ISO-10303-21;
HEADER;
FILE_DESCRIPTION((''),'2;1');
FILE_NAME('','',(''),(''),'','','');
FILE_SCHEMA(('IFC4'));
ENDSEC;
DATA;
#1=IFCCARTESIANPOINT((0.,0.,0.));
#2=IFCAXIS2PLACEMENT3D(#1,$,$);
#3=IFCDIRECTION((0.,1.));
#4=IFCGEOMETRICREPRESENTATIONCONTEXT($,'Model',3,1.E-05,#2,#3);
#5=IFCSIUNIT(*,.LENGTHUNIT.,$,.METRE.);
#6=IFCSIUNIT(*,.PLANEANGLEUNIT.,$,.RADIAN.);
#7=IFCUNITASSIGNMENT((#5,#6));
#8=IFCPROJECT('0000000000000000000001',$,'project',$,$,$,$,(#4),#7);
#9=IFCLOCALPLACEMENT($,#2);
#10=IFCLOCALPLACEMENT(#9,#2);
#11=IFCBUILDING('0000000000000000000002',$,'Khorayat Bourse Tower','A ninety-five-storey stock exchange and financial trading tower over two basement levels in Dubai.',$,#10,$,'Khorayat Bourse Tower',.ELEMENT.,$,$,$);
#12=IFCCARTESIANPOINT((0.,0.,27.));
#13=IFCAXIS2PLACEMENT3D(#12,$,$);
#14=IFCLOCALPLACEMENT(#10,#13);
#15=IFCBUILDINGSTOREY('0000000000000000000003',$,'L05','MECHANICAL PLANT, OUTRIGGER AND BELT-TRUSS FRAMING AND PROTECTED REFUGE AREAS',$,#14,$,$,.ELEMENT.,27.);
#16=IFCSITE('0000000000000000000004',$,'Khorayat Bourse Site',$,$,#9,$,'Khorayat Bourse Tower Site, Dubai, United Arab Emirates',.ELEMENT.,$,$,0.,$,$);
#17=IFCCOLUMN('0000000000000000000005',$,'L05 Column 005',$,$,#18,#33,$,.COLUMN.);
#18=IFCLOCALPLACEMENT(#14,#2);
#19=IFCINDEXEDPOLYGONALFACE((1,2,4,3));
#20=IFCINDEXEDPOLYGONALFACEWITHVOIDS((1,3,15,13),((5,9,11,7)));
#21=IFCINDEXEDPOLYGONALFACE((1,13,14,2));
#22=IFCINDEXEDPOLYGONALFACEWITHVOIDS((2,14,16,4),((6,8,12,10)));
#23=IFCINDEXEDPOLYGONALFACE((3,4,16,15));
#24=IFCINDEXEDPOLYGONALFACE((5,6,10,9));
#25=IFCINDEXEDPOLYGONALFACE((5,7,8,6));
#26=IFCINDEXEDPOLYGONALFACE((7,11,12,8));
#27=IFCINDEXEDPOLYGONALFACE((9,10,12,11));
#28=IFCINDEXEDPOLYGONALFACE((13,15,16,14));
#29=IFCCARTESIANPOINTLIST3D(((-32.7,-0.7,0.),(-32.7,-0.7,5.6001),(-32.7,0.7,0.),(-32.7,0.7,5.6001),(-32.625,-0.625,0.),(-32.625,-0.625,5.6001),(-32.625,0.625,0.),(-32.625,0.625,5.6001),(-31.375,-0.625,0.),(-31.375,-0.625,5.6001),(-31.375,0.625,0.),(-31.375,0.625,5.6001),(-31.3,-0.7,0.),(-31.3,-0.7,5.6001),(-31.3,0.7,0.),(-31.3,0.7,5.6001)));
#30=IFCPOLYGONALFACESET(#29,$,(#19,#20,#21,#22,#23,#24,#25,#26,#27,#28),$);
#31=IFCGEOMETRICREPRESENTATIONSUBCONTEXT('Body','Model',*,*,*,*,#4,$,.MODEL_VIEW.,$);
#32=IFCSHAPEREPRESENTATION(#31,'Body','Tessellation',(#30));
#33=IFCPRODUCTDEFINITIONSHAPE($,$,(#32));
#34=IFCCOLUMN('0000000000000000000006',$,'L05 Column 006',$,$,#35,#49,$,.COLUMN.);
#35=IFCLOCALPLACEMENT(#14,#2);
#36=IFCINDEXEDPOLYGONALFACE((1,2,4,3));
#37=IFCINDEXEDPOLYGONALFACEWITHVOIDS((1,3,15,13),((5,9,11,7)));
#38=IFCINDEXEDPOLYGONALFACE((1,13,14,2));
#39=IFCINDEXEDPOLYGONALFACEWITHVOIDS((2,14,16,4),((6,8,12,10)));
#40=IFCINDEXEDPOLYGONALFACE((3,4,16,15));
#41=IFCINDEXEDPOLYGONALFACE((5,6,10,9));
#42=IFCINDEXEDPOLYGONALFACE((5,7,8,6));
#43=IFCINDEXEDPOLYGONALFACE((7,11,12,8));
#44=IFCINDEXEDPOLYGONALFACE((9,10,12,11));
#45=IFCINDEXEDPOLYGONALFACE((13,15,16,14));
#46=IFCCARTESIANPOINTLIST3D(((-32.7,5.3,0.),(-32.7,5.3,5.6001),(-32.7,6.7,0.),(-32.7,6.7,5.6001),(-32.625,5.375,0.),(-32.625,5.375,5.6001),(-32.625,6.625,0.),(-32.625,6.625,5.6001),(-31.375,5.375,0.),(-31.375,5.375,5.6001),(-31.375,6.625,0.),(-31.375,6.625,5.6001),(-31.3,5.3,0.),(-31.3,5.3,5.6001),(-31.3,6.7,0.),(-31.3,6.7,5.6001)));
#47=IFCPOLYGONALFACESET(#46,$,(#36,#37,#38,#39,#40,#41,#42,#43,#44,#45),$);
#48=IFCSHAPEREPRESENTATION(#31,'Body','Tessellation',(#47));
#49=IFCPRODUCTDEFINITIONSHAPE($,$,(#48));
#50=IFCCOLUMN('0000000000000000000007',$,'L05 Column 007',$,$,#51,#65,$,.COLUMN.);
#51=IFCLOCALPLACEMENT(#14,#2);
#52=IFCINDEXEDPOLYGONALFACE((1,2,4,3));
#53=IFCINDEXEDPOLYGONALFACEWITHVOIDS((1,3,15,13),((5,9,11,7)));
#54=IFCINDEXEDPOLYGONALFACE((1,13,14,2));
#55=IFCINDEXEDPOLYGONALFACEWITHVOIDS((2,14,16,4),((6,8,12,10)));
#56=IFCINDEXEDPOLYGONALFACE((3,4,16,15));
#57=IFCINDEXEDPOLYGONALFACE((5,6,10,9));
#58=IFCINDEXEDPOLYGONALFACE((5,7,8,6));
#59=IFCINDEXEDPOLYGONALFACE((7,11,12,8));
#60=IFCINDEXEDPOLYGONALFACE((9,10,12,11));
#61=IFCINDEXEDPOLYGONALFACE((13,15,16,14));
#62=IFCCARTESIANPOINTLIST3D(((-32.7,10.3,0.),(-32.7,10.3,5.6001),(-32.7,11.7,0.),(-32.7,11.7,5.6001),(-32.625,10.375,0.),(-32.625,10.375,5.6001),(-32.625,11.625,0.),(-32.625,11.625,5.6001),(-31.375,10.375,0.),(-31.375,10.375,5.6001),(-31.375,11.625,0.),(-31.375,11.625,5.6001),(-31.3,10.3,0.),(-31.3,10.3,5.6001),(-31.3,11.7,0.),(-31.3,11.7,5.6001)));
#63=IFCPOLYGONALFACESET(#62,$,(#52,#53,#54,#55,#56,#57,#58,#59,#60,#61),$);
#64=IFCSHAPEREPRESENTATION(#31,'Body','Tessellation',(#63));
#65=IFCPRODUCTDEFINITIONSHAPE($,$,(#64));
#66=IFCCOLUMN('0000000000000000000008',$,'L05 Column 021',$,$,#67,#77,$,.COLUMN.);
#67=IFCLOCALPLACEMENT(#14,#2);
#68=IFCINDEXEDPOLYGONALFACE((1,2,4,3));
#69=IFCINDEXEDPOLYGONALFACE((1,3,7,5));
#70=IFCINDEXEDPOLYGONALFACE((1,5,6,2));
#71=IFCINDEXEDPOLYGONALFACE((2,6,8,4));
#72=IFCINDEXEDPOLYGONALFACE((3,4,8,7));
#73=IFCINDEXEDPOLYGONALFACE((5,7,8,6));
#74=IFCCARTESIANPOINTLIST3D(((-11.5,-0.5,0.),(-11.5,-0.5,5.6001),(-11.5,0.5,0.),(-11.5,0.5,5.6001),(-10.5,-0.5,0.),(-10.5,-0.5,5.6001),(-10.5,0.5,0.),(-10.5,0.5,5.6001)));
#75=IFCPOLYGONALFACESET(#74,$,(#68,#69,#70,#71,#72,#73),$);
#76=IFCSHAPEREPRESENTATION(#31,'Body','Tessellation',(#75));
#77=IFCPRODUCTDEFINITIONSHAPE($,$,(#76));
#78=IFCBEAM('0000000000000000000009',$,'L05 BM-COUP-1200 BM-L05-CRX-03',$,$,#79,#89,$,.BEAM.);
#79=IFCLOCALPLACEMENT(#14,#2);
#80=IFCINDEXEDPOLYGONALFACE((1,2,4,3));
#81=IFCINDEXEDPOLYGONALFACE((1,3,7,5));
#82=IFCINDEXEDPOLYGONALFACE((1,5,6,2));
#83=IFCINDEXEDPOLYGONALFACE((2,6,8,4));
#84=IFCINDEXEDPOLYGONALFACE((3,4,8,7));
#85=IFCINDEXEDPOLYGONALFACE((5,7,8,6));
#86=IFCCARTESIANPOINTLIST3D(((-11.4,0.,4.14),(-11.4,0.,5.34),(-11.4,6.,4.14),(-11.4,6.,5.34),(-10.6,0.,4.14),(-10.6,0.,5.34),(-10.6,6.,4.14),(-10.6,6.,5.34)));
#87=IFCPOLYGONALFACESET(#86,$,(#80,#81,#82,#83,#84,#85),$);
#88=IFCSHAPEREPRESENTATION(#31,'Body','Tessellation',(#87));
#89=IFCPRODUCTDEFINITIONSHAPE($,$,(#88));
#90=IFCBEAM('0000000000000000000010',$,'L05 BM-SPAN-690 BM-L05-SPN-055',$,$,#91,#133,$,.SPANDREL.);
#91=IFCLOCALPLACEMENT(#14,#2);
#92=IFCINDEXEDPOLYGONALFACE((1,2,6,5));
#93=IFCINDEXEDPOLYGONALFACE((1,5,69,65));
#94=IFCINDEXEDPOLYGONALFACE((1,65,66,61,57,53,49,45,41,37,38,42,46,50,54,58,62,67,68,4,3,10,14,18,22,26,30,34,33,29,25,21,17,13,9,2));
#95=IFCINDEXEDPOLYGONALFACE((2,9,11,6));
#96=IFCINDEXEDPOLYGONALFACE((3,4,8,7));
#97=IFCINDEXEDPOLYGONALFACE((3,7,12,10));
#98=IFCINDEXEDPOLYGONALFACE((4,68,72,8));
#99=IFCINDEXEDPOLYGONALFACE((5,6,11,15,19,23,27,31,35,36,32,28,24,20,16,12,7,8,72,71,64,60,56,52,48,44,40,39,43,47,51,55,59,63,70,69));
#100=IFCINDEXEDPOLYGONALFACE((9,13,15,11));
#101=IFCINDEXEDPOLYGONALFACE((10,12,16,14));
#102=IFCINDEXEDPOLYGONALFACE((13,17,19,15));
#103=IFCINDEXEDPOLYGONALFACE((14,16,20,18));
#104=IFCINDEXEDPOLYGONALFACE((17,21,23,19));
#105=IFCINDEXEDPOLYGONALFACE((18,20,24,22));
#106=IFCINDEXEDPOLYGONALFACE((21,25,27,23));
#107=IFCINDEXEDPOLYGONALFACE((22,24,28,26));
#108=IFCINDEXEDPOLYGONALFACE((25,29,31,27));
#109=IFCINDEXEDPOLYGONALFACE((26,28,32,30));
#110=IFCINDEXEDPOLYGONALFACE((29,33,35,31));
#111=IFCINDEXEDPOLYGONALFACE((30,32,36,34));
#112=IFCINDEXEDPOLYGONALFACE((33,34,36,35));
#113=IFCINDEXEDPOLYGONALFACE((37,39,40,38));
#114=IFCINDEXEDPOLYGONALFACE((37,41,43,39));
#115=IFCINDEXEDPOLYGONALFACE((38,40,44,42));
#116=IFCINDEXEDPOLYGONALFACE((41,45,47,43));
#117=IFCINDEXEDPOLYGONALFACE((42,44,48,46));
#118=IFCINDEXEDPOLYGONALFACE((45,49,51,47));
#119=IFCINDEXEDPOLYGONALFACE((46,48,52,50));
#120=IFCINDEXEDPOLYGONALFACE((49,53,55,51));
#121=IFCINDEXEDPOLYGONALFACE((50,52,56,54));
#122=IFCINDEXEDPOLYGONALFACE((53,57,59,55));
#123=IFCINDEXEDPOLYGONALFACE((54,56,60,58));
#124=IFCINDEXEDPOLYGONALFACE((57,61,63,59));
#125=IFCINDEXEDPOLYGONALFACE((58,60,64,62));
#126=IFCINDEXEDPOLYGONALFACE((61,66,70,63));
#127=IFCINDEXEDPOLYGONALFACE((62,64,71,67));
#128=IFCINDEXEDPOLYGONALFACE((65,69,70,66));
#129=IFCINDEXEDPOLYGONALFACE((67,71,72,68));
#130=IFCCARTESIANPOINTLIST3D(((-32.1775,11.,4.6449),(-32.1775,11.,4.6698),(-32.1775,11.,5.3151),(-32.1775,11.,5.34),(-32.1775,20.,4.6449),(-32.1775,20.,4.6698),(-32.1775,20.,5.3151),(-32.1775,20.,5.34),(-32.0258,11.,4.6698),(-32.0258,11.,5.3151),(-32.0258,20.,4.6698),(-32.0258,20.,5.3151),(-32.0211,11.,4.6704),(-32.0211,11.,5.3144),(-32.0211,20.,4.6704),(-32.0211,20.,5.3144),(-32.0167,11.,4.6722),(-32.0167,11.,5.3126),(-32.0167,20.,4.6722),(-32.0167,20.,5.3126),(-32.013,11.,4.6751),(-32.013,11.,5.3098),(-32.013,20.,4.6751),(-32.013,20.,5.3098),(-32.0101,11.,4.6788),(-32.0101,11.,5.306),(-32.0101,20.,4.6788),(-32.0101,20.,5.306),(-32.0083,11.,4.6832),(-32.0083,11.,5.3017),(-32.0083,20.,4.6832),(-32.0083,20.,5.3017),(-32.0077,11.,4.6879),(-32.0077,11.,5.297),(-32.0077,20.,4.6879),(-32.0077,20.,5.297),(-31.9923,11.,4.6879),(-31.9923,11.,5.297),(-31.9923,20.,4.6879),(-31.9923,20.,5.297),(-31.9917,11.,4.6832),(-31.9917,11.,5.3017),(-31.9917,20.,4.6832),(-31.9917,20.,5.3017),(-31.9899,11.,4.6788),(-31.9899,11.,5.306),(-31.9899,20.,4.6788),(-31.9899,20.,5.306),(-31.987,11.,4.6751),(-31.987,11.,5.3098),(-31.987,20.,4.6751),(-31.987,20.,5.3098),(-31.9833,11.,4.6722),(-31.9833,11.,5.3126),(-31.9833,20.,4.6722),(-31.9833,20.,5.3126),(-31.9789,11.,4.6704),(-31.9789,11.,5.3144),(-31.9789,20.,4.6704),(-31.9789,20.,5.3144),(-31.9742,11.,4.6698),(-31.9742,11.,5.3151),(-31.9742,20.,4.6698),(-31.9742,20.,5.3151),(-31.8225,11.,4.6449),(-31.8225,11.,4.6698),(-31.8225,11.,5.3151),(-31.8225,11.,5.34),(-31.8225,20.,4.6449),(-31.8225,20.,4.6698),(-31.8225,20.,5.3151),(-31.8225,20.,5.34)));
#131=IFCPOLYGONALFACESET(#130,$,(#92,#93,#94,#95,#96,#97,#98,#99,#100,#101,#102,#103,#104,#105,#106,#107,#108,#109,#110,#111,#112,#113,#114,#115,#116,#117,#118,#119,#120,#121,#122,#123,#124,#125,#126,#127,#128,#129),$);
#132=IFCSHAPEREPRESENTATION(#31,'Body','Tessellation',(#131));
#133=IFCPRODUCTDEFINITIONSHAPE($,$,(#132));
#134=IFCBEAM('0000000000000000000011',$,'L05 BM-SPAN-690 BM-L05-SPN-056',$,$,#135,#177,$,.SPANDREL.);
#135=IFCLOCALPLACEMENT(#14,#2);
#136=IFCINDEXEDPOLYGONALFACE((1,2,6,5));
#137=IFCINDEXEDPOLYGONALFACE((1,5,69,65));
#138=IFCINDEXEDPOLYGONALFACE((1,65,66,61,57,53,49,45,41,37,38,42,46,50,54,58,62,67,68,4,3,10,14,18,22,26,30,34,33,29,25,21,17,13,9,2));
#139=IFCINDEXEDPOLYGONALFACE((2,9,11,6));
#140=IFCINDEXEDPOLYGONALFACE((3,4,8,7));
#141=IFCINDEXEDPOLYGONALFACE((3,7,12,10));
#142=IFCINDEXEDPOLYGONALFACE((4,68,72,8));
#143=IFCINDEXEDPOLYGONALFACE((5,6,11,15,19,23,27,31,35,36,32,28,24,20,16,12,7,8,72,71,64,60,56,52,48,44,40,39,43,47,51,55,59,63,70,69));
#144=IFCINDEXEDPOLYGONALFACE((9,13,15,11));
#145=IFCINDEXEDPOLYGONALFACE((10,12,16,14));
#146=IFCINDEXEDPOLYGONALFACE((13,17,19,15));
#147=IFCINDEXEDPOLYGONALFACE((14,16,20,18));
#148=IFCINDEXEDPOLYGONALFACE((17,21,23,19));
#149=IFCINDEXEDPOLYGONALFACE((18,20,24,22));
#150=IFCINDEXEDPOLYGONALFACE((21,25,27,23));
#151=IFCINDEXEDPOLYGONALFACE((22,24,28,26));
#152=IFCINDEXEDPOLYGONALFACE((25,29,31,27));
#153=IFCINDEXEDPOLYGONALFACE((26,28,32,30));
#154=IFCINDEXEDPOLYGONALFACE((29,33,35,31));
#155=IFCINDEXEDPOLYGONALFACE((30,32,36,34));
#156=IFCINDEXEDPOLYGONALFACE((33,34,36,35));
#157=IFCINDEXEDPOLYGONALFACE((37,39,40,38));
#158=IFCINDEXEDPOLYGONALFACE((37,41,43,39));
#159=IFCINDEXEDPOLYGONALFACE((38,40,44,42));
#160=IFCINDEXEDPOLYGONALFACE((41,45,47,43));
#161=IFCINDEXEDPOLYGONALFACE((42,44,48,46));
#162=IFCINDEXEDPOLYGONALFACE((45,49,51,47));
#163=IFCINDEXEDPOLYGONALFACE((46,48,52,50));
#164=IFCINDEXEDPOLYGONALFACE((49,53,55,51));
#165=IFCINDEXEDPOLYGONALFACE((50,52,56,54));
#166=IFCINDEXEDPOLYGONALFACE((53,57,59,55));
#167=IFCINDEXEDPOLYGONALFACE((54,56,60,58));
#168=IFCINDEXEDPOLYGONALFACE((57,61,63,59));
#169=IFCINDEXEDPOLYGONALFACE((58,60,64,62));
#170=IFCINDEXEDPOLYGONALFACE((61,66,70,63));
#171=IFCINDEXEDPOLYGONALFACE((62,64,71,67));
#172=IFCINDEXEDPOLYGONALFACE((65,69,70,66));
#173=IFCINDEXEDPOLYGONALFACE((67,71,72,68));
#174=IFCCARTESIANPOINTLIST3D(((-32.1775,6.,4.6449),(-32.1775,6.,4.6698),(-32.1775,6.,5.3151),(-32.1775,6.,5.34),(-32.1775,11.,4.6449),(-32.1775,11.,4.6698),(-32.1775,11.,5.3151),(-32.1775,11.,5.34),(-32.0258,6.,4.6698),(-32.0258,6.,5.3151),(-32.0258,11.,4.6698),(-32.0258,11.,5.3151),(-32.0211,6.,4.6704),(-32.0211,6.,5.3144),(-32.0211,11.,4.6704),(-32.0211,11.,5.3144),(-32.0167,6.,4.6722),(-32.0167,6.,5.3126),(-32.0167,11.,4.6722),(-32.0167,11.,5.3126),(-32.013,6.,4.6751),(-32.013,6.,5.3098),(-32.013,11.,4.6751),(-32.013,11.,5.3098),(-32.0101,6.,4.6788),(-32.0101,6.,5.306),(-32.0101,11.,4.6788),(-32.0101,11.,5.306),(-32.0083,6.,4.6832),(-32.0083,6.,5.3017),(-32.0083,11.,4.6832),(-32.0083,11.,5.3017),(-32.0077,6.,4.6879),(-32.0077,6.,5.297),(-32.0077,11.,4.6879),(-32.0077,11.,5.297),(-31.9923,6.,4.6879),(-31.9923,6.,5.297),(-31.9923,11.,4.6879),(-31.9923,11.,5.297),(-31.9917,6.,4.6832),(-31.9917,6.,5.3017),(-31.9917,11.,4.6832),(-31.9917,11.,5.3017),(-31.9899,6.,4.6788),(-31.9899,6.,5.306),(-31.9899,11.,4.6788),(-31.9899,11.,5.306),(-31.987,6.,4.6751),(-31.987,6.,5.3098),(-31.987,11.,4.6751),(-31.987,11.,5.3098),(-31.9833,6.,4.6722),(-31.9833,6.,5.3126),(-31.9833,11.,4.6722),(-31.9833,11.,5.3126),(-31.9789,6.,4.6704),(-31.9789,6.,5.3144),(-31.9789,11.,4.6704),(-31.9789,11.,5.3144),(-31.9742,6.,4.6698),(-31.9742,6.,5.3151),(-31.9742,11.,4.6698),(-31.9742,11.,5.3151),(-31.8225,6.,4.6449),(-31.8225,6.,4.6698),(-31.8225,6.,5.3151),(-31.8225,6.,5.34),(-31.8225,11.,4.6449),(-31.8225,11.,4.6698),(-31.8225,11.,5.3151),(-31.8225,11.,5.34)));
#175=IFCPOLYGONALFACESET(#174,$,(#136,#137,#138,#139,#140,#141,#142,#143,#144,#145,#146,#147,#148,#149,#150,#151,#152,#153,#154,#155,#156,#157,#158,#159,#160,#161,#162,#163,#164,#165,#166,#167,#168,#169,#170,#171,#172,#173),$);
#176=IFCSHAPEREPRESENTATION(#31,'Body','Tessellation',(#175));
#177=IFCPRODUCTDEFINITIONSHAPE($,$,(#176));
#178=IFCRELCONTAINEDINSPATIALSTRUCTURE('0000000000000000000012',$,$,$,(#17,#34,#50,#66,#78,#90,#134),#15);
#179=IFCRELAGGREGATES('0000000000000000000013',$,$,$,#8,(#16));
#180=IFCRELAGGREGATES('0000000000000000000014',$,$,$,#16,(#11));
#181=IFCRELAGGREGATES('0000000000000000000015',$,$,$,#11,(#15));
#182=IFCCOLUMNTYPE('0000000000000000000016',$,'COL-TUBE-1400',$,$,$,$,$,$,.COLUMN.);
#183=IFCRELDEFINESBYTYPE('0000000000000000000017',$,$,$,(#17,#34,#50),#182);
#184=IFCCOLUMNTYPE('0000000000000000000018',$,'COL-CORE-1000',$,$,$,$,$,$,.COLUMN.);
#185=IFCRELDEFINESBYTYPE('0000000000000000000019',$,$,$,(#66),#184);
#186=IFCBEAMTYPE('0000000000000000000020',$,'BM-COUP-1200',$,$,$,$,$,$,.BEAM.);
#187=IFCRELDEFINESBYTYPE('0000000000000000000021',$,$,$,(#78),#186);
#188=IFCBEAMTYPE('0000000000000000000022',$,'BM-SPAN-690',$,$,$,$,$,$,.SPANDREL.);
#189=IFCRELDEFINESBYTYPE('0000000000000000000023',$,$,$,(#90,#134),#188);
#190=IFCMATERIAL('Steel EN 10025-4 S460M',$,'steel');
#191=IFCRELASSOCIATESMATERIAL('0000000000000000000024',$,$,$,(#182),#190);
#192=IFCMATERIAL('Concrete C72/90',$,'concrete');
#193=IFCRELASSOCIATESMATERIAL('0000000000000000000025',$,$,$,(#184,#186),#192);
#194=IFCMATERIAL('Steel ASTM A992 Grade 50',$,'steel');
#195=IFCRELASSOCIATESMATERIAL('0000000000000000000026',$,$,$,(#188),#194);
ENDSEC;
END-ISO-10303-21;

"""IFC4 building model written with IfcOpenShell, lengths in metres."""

from ifc_helpers import new_model, si_unit, direction, frame, origin, origin_2d, place, context, subcontext, project, spatial, rectangle, hollow_rectangle, i_section, extrude, source, transform, mapped, material, material_profile, profile_set, type_object, element, save


model = new_model("IFC4")

# Units and contexts
model_context = context("Model", 3, precision=1e-05, world=origin(), true_north=direction((0.0, 1.0)))
body_context = subcontext(model_context, "Body", "Model", "MODEL_VIEW")
ifc_project = project(units=[si_unit("LENGTHUNIT", "METRE"), si_unit("PLANEANGLEUNIT", "RADIAN")], contexts=[model_context])

# Site, building, storey
site_placement = place(None, origin())
site = spatial("IfcSite", under=ifc_project, at=site_placement, Name="Khorayat Bourse Site", LongName="Khorayat Bourse Tower Site, Dubai, United Arab Emirates", CompositionType="ELEMENT", RefElevation=0.0)
building_placement = place(site_placement, origin())
building = spatial("IfcBuilding", under=site, at=building_placement, Name="Khorayat Bourse Tower", Description="A ninety-five-storey stock exchange and financial trading tower over two basement levels in Dubai.", LongName="Khorayat Bourse Tower", CompositionType="ELEMENT")
storey_placement = place(building_placement, frame((0.0, 0.0, 27.0)))
storey = spatial("IfcBuildingStorey", under=building, at=storey_placement, Name="L05", Description="MECHANICAL PLANT, OUTRIGGER AND BELT-TRUSS FRAMING AND PROTECTED REFUGE AREAS", CompositionType="ELEMENT", Elevation=27.0)

# Columns
ifc_material_1 = material(Name="Steel EN 10025-4 S460M", Category="steel")
ifc_material_profile_1 = material_profile(ifc_material_1, hollow_rectangle(XDim=1.3999, YDim=1.3999, WallThickness=0.075, at=origin_2d()), Name="BOX 1400x1400x75")
ifc_profile_set_1 = profile_set([ifc_material_profile_1], Name="Steel EN 10025-4 S460M")
column_type_1 = type_object("IfcColumnType", Name="COL-TUBE-1400", PredefinedType="COLUMN", material=ifc_profile_set_1)
shared_shape_1 = source(origin(), body_context, "Body", "SweptSolid", [
    extrude(hollow_rectangle(XDim=1.3999, YDim=1.3999, WallThickness=0.075, at=origin_2d()), origin(), (0.0, 0.0, 1.0), 5.6001),
])
for number, where, z_axis, x_axis, name in (
    (1, (-32.0, 0.0, 0.0), (0.0, 0.0, 1.0), (1.0, 0.0, 0.0), "L05 Column 005"),
    (2, (-32.0, 6.0, 0.0), (0.0, 0.0, 1.0), (1.0, 0.0, 0.0), "L05 Column 006"),
    (3, (-32.0, 11.0, 0.0), (0.0, 0.0, 1.0), (1.0, 0.0, 0.0), "L05 Column 007"),
):
    element("IfcColumn", number, at=place(storey_placement, frame(where, z_axis=z_axis, x_axis=x_axis)), inside=storey, type_object=column_type_1, Name=name, PredefinedType="COLUMN", context=body_context, shape_type="MappedRepresentation", body=[
        mapped(shared_shape_1, transform((0.0, 0.0, 0.0), scale=1.0)),
    ])
ifc_material_2 = material(Name="Concrete C72/90", Category="concrete")
ifc_material_profile_2 = material_profile(ifc_material_2, rectangle(XDim=1.0, YDim=1.0, at=origin_2d()), Name="RC 1000x1000")
ifc_profile_set_2 = profile_set([ifc_material_profile_2], Name="Concrete C72/90")
column_type_2 = type_object("IfcColumnType", Name="COL-CORE-1000", PredefinedType="COLUMN", material=ifc_profile_set_2)
shared_shape_2 = source(origin(), body_context, "Body", "SweptSolid", [
    extrude(rectangle(XDim=1.0, YDim=1.0, at=origin_2d()), origin(), (0.0, 0.0, 1.0), 5.6001),
])
column_placement = place(storey_placement, frame((-11.0, 0.0, 0.0), z_axis=(0.0, 0.0, 1.0), x_axis=(1.0, 0.0, 0.0)))
element("IfcColumn", 4, at=column_placement, inside=storey, type_object=column_type_2, Name="L05 Column 021", PredefinedType="COLUMN", context=body_context, shape_type="MappedRepresentation", body=[
    mapped(shared_shape_2, transform((0.0, 0.0, 0.0), scale=1.0)),
])

# Beams
ifc_material_profile_3 = material_profile(ifc_material_2, rectangle(XDim=0.8, YDim=1.2, at=origin_2d()), Name="RC 800x1200")
ifc_profile_set_3 = profile_set([ifc_material_profile_3], Name="Concrete C72/90")
beam_type_1 = type_object("IfcBeamType", Name="BM-COUP-1200", PredefinedType="BEAM", material=ifc_profile_set_3)
shared_shape_3 = source(origin(), body_context, "Body", "SweptSolid", [
    extrude(rectangle(XDim=0.8, YDim=1.2, at=origin_2d()), origin(), (0.0, 0.0, 1.0), 6.0),
])
beam_1_placement = place(storey_placement, frame((-11.0, 0.0, 4.74), z_axis=(0.0, 1.0, 0.0), x_axis=(-1.0, 0.0, 0.0)))
element("IfcBeam", 5, at=beam_1_placement, inside=storey, type_object=beam_type_1, Name="L05 BM-COUP-1200 BM-L05-CRX-03", PredefinedType="BEAM", context=body_context, shape_type="MappedRepresentation", body=[
    mapped(shared_shape_3, transform((0.0, 0.0, 0.0), scale=1.0)),
])
ifc_material_3 = material(Name="Steel ASTM A992 Grade 50", Category="steel")
ifc_material_profile_4 = material_profile(ifc_material_3, i_section(OverallWidth=0.355, OverallDepth=0.6951, WebThickness=0.0154, FlangeThickness=0.0249, FilletRadius=0.0181, at=origin_2d()), Name="W690X217")
ifc_profile_set_4 = profile_set([ifc_material_profile_4], Name="Steel ASTM A992 Grade 50")
beam_type_2 = type_object("IfcBeamType", Name="BM-SPAN-690", PredefinedType="SPANDREL", material=ifc_profile_set_4)
shared_shape_4 = source(origin(), body_context, "Body", "SweptSolid", [
    extrude(i_section(OverallWidth=0.355, OverallDepth=0.6951, WebThickness=0.0154, FlangeThickness=0.0249, FilletRadius=0.0181, at=origin_2d()), origin(), (0.0, 0.0, 1.0), 9.0),
])
beam_2_placement = place(storey_placement, frame((-32.0, 11.0, 4.9924), z_axis=(0.0, 1.0, 0.0), x_axis=(-1.0, 0.0, 0.0)))
element("IfcBeam", 6, at=beam_2_placement, inside=storey, type_object=beam_type_2, Name="L05 BM-SPAN-690 BM-L05-SPN-055", PredefinedType="SPANDREL", context=body_context, shape_type="MappedRepresentation", body=[
    mapped(shared_shape_4, transform((0.0, 0.0, 0.0), scale=1.0)),
])
shared_shape_5 = source(origin(), body_context, "Body", "SweptSolid", [
    extrude(i_section(OverallWidth=0.355, OverallDepth=0.6951, WebThickness=0.0154, FlangeThickness=0.0249, FilletRadius=0.0181, at=origin_2d()), origin(), (0.0, 0.0, 1.0), 5.0),
])
beam_3_placement = place(storey_placement, frame((-32.0, 6.0, 4.9924), z_axis=(0.0, 1.0, 0.0), x_axis=(-1.0, 0.0, 0.0)))
element("IfcBeam", 7, at=beam_3_placement, inside=storey, type_object=beam_type_2, Name="L05 BM-SPAN-690 BM-L05-SPN-056", PredefinedType="SPANDREL", context=body_context, shape_type="MappedRepresentation", body=[
    mapped(shared_shape_5, transform((0.0, 0.0, 0.0), scale=1.0)),
])

save(model, "model.ifc")
